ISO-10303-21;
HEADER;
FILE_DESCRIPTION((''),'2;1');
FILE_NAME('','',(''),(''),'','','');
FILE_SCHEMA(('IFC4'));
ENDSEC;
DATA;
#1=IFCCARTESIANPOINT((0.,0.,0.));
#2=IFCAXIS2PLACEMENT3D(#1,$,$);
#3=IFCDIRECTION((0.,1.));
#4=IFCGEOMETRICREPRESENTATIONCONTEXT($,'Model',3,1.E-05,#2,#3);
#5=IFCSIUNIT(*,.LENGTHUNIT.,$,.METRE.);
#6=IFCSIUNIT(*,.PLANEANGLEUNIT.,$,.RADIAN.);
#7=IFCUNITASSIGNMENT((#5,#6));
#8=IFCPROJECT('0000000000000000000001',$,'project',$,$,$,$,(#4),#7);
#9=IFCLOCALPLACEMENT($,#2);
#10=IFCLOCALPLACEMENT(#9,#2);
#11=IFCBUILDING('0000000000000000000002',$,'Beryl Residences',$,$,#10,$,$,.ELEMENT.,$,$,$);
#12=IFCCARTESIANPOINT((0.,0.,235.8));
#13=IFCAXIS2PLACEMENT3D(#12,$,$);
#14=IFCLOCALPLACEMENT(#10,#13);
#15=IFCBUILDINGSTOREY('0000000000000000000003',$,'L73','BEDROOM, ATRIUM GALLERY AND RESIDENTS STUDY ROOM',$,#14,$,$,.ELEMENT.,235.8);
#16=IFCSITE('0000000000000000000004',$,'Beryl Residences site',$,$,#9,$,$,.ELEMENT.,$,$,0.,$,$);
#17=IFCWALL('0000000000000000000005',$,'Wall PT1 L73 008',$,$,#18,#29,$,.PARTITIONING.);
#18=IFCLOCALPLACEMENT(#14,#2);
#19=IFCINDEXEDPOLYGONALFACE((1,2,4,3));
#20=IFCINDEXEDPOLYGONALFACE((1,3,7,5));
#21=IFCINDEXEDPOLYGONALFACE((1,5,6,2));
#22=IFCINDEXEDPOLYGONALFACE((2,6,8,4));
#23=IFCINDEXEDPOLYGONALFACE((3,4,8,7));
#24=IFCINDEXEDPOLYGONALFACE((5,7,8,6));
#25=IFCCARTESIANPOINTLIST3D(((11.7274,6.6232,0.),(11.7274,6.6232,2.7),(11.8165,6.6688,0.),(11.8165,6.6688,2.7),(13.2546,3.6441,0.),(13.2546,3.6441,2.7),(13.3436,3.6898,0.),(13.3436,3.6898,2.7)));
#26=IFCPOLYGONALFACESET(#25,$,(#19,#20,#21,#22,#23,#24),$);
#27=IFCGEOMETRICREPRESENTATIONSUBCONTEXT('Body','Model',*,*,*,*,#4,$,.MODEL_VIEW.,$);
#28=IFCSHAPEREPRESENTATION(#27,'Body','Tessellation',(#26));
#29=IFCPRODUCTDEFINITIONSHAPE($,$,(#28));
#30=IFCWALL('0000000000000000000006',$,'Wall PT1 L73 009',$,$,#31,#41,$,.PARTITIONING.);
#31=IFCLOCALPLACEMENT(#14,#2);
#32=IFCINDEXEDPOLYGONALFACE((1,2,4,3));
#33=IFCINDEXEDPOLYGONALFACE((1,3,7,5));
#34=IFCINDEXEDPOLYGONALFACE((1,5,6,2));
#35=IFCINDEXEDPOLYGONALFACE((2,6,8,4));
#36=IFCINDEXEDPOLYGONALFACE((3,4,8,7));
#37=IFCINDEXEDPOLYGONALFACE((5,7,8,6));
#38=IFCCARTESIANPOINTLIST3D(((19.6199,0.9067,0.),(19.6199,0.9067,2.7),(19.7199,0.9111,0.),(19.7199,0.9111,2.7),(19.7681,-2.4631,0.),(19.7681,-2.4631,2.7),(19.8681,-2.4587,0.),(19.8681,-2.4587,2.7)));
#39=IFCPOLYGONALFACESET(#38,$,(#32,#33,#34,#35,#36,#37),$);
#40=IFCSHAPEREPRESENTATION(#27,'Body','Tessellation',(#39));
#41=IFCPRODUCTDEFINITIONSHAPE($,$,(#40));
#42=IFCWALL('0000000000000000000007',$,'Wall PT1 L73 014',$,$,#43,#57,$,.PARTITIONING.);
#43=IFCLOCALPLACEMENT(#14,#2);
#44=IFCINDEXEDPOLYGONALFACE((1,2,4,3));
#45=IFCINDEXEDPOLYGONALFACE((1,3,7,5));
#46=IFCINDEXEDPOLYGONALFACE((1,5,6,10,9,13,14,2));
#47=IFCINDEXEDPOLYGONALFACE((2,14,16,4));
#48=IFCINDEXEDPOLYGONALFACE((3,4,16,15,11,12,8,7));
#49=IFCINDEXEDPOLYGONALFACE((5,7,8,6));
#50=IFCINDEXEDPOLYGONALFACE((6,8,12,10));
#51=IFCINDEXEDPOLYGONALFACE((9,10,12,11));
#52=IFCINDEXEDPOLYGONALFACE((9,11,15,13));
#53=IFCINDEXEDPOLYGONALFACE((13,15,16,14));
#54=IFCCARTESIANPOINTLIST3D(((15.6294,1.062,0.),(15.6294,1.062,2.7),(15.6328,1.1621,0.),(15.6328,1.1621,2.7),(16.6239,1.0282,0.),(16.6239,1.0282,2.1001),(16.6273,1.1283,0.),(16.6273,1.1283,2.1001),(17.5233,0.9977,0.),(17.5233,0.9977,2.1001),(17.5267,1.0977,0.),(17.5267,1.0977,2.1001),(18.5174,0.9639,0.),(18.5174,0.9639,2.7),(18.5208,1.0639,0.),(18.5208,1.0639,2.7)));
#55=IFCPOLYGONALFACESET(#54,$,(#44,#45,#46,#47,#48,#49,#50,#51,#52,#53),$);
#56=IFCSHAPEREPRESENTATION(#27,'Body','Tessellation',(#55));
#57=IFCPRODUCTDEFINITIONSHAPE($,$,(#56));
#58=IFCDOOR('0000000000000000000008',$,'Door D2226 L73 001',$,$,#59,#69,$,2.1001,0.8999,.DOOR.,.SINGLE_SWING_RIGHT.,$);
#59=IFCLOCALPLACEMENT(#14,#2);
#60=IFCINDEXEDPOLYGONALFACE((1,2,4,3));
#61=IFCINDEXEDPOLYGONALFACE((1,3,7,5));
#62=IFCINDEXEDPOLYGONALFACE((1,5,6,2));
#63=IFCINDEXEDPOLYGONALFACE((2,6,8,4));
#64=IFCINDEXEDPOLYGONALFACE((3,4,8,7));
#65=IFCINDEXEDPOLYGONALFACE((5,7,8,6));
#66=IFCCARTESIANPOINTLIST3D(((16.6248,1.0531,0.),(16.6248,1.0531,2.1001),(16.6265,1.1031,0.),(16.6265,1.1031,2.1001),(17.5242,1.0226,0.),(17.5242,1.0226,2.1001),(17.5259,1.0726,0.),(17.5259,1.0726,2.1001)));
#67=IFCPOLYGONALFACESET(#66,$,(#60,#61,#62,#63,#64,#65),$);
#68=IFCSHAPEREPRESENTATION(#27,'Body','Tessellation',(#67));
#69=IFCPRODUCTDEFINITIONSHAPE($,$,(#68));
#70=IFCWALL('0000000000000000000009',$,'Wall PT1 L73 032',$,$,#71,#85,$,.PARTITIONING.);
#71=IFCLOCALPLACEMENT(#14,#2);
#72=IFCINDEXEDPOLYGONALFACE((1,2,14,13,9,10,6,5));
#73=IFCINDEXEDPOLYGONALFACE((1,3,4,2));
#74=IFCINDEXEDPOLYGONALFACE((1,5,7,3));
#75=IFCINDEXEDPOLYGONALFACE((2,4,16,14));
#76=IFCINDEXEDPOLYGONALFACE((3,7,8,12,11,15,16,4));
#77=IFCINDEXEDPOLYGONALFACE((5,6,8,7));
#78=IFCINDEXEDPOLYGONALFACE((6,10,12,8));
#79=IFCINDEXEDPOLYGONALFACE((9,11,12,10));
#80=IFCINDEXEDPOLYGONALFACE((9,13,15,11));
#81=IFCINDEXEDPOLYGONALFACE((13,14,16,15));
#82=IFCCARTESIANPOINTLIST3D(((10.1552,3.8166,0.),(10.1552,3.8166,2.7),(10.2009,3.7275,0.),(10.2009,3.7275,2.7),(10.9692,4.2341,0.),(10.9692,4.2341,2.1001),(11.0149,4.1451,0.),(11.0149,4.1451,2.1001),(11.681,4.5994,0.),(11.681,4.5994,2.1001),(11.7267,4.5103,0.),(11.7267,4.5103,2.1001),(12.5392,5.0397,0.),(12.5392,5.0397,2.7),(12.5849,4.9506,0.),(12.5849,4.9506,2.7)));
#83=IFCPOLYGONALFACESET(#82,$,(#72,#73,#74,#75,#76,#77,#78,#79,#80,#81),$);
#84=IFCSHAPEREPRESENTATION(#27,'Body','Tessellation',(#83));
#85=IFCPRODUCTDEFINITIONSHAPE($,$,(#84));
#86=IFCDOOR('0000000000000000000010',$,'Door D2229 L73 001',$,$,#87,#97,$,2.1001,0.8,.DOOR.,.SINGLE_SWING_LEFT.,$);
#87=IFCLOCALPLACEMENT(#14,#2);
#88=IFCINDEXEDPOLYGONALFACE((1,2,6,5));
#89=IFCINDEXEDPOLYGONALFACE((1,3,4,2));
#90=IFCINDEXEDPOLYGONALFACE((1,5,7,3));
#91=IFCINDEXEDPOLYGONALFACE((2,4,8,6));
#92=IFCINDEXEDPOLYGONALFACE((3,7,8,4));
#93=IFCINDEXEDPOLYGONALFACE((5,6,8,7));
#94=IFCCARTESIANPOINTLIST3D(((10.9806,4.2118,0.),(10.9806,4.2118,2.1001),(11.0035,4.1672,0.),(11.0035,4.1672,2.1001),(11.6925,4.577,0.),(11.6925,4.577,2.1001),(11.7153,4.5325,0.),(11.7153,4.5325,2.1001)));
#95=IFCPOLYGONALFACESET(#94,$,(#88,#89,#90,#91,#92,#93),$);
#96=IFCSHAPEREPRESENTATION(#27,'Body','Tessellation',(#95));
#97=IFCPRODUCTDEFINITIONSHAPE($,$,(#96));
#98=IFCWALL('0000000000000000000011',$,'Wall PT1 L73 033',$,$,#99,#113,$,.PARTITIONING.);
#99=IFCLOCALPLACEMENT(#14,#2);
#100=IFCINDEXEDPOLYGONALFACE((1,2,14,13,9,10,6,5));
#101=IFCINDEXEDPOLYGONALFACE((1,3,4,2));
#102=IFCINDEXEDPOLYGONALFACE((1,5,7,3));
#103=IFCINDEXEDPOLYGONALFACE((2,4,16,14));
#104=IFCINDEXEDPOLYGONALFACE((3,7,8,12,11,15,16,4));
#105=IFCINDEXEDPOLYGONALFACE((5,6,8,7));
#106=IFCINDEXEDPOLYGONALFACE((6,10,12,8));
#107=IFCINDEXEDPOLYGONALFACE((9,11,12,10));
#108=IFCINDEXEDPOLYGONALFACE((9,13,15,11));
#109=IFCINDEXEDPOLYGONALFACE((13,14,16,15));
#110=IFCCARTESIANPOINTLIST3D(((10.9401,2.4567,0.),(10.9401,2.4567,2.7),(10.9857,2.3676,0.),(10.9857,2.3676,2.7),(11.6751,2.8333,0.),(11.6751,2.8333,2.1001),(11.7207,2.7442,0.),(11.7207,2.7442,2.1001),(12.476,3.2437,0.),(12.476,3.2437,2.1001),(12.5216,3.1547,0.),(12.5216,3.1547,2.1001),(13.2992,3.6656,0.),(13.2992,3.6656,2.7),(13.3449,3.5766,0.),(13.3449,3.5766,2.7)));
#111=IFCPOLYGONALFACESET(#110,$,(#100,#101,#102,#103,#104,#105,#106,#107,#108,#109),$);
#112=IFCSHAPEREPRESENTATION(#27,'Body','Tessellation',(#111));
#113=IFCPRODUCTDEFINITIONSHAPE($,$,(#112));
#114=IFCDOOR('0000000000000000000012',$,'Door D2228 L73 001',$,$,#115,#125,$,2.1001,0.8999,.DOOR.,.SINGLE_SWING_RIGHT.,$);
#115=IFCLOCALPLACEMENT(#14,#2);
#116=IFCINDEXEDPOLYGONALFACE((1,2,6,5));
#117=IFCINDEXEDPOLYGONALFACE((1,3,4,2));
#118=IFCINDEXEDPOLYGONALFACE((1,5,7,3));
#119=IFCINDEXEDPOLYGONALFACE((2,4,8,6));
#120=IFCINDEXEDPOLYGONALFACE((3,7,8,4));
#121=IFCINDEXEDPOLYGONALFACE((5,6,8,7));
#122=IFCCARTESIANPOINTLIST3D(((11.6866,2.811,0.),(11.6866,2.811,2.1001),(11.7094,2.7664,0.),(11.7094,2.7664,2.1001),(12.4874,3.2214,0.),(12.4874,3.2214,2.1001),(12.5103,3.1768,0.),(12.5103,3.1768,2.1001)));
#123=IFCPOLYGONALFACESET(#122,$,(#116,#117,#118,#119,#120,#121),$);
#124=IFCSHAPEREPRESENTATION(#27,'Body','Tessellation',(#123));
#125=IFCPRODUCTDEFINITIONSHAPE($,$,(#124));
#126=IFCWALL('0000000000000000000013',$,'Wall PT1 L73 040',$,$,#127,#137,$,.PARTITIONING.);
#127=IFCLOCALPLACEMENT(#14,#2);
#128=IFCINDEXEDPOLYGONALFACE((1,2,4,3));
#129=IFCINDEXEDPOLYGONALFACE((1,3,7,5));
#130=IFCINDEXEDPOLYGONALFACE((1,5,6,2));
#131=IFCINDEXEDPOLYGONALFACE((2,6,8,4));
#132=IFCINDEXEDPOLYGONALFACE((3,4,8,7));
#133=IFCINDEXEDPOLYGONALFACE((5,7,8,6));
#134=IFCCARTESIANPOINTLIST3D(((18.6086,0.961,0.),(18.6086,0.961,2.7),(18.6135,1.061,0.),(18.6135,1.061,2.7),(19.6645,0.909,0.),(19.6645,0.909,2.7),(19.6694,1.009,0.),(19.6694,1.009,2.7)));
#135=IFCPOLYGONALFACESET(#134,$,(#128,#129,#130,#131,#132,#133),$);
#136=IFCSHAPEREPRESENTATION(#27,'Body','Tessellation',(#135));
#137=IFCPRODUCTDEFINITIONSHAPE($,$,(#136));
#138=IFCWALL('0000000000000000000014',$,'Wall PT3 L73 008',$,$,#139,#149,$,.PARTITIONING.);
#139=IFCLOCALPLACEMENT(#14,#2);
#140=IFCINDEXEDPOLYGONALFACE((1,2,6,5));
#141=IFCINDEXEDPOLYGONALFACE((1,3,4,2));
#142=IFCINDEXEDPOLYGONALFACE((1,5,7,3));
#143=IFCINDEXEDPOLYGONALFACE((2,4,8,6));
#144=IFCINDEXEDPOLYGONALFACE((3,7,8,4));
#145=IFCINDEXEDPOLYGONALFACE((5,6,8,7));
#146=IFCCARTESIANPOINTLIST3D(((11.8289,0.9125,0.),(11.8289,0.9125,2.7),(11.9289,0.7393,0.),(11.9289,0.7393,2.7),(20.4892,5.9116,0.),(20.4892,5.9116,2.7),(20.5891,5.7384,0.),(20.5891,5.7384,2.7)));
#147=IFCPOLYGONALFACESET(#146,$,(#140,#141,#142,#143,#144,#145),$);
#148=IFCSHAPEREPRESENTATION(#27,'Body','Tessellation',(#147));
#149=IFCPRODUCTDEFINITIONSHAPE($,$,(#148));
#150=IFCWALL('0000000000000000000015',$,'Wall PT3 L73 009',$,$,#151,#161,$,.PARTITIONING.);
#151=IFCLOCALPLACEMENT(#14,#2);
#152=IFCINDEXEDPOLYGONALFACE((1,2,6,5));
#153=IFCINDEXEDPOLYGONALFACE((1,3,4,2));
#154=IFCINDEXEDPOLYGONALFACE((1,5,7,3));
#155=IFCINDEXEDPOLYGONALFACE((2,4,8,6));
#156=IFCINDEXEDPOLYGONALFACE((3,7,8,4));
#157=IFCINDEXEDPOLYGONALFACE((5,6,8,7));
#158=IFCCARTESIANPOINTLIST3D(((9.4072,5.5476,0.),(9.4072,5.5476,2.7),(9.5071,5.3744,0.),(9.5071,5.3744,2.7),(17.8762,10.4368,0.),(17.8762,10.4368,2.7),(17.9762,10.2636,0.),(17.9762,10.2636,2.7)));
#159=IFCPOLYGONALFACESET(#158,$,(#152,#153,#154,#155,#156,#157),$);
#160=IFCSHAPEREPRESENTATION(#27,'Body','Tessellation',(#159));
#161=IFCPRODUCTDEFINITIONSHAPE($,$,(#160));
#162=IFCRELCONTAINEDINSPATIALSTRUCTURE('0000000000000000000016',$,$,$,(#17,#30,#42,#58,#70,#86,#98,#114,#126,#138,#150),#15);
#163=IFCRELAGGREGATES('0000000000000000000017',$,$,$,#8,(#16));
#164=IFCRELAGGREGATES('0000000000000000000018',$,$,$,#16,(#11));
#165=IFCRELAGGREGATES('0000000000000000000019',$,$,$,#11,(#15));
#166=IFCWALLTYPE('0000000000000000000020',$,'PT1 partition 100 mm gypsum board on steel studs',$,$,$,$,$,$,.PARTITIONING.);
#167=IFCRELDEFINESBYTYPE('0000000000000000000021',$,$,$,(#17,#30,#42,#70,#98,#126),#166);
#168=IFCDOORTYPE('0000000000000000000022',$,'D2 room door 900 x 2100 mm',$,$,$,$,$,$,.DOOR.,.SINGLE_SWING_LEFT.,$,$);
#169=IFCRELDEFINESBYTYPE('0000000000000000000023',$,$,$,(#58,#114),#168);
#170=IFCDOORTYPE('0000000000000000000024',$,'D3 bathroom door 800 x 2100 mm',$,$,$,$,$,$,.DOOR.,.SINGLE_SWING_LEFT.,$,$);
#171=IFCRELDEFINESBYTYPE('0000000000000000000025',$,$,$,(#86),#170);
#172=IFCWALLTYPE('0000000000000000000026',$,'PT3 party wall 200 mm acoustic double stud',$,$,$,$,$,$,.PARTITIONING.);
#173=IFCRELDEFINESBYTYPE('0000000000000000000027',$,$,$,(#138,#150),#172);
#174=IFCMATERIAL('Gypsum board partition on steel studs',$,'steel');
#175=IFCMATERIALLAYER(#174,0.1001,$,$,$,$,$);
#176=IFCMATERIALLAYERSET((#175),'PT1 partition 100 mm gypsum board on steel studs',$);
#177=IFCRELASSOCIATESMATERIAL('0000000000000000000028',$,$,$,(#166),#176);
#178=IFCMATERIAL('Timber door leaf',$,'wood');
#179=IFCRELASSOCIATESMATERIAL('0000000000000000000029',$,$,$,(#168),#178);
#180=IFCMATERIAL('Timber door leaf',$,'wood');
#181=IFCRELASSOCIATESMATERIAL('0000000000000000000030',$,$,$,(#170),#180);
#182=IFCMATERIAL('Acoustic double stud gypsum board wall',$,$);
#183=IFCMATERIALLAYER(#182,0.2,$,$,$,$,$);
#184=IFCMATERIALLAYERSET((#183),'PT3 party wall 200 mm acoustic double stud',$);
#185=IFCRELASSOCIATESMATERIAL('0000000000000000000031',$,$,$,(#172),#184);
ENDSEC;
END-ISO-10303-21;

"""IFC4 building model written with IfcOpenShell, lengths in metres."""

from ifc_helpers import new_model, si_unit, direction, frame, frame_2d, origin, place, context, subcontext, project, spatial, rectangle, extrude, material, layer, layer_set, type_object, element, fill, save


model = new_model("IFC4")

# Units and contexts
model_context = context("Model", 3, precision=1e-05, world=origin(), true_north=direction((0.0, 1.0)))
body_context = subcontext(model_context, "Body", "Model", "MODEL_VIEW")
ifc_project = project(units=[si_unit("LENGTHUNIT", "METRE"), si_unit("PLANEANGLEUNIT", "RADIAN")], contexts=[model_context])

# Site, building, storey
site_placement = place(None, origin())
site = spatial("IfcSite", under=ifc_project, at=site_placement, Name="Beryl Residences site", CompositionType="ELEMENT", RefElevation=0.0)
building_placement = place(site_placement, origin())
building = spatial("IfcBuilding", under=site, at=building_placement, Name="Beryl Residences", CompositionType="ELEMENT")
storey_placement = place(building_placement, frame((0.0, 0.0, 235.8)))
storey = spatial("IfcBuildingStorey", under=building, at=storey_placement, Name="L73", Description="BEDROOM, ATRIUM GALLERY AND RESIDENTS STUDY ROOM", CompositionType="ELEMENT", Elevation=235.8)

# Walls
ifc_material_1 = material(Name="Gypsum board partition on steel studs", Category="steel")
ifc_layer_1 = layer(ifc_material_1, 0.1001)
ifc_layer_set_1 = layer_set([ifc_layer_1], Name="PT1 partition 100 mm gypsum board on steel studs")
wall_type_1 = type_object("IfcWallType", Name="PT1 partition 100 mm gypsum board on steel studs", PredefinedType="PARTITIONING", material=ifc_layer_set_1)
wall_1_placement = place(storey_placement, frame((11.772, 6.646, 0.0), z_axis=(0.0, 0.0, 1.0), x_axis=(0.456176, -0.88989, 0.0)))
element("IfcWall", 1, at=wall_1_placement, inside=storey, type_object=wall_type_1, Name="Wall PT1 L73 008", PredefinedType="PARTITIONING", context=body_context, shape_type="SweptSolid", body=[
    extrude(rectangle(XDim=3.3477, YDim=0.1001, at=frame_2d((1.6738, 0.0))), origin(), (0.0, 0.0, 1.0), 2.7),
])
wall_2_placement = place(storey_placement, frame((19.6699, 0.9089, 0.0), z_axis=(0.0, 0.0, 1.0), x_axis=(0.043933, -0.999034, 0.0)))
element("IfcWall", 2, at=wall_2_placement, inside=storey, type_object=wall_type_1, Name="Wall PT1 L73 009", PredefinedType="PARTITIONING", context=body_context, shape_type="SweptSolid", body=[
    extrude(rectangle(XDim=3.373, YDim=0.1001, at=frame_2d((1.6865, 0.0))), origin(), (0.0, 0.0, 1.0), 2.7),
])

# Walls, openings, doors
wall_3_placement = place(storey_placement, frame((15.6311, 1.1121, 0.0), z_axis=(0.0, 0.0, 1.0), x_axis=(0.999423, -0.033965, 0.0)))
wall_3 = element("IfcWall", 3, at=wall_3_placement, inside=storey, type_object=wall_type_1, Name="Wall PT1 L73 014", PredefinedType="PARTITIONING", context=body_context, shape_type="SweptSolid", body=[
    extrude(rectangle(XDim=2.8896, YDim=0.1001, at=frame_2d((1.4448, 0.0))), origin(), (0.0, 0.0, 1.0), 2.7),
])
opening_1_placement = place(wall_3_placement, frame((0.9951, 0.0, 0.0)))
opening_1 = element("IfcOpeningElement", 4, at=opening_1_placement, cuts=wall_3, PredefinedType="OPENING", context=body_context, shape_type="SweptSolid", body=[
    extrude(rectangle(XDim=0.8999, YDim=2.1001, at=frame_2d((0.45, 1.05))), frame((0.0, 0.0601, 0.0), z_axis=(0.0, -1.0, 0.0), x_axis=(1.0, 0.0, 0.0)), (0.0, 0.0, 1.0), 0.1201),
])
ifc_material_2 = material(Name="Timber door leaf", Category="wood")
door_type_1 = type_object("IfcDoorType", Name="D2 room door 900 x 2100 mm", OperationType="SINGLE_SWING_LEFT", PredefinedType="DOOR", material=ifc_material_2)
door_1_placement = place(opening_1_placement, origin())
door_1 = element("IfcDoor", 5, at=door_1_placement, inside=storey, type_object=door_type_1, Name="Door D2226 L73 001", OperationType="SINGLE_SWING_RIGHT", OverallHeight=2.1001, OverallWidth=0.8999, PredefinedType="DOOR", context=body_context, shape_type="SweptSolid", body=[
    extrude(rectangle(XDim=0.8999, YDim=2.1001, at=frame_2d((0.45, 1.05))), frame((0.0, 0.0249, 0.0), z_axis=(0.0, -1.0, 0.0), x_axis=(1.0, 0.0, 0.0)), (0.0, 0.0, 1.0), 0.05),
])
fill(opening_1, door_1)
wall_4_placement = place(storey_placement, frame((10.178, 3.772, 0.0), z_axis=(0.0, 0.0, 1.0), x_axis=(0.889732, 0.456483, 0.0)))
wall_4 = element("IfcWall", 6, at=wall_4_placement, inside=storey, type_object=wall_type_1, Name="Wall PT1 L73 032", PredefinedType="PARTITIONING", context=body_context, shape_type="SweptSolid", body=[
    extrude(rectangle(XDim=2.6794, YDim=0.1001, at=frame_2d((1.3398, 0.0))), origin(), (0.0, 0.0, 1.0), 2.7),
])
opening_2_placement = place(wall_4_placement, frame((0.915, 0.0, 0.0)))
opening_2 = element("IfcOpeningElement", 7, at=opening_2_placement, cuts=wall_4, PredefinedType="OPENING", context=body_context, shape_type="SweptSolid", body=[
    extrude(rectangle(XDim=0.8, YDim=2.1001, at=frame_2d((0.3999, 1.05))), frame((0.0, 0.0601, 0.0), z_axis=(0.0, -1.0, 0.0), x_axis=(1.0, 0.0, 0.0)), (0.0, 0.0, 1.0), 0.1201),
])
ifc_material_3 = material(Name="Timber door leaf", Category="wood")
door_type_2 = type_object("IfcDoorType", Name="D3 bathroom door 800 x 2100 mm", OperationType="SINGLE_SWING_LEFT", PredefinedType="DOOR", material=ifc_material_3)
door_2_placement = place(opening_2_placement, origin())
door_2 = element("IfcDoor", 8, at=door_2_placement, inside=storey, type_object=door_type_2, Name="Door D2229 L73 001", OperationType="SINGLE_SWING_LEFT", OverallHeight=2.1001, OverallWidth=0.8, PredefinedType="DOOR", context=body_context, shape_type="SweptSolid", body=[
    extrude(rectangle(XDim=0.8, YDim=2.1001, at=frame_2d((0.3999, 1.05))), frame((0.0, 0.0249, 0.0), z_axis=(0.0, -1.0, 0.0), x_axis=(1.0, 0.0, 0.0)), (0.0, 0.0, 1.0), 0.05),
])
fill(opening_2, door_2)
wall_5_placement = place(storey_placement, frame((10.9629, 2.4121, 0.0), z_axis=(0.0, 0.0, 1.0), x_axis=(0.889944, 0.45607, 0.0)))
wall_5 = element("IfcWall", 9, at=wall_5_placement, inside=storey, type_object=wall_type_1, Name="Wall PT1 L73 033", PredefinedType="PARTITIONING", context=body_context, shape_type="SweptSolid", body=[
    extrude(rectangle(XDim=2.6509, YDim=0.1001, at=frame_2d((1.3254, 0.0))), origin(), (0.0, 0.0, 1.0), 2.7),
])
opening_3_placement = place(wall_5_placement, frame((0.8259, 0.0, 0.0)))
opening_3 = element("IfcOpeningElement", 10, at=opening_3_placement, cuts=wall_5, PredefinedType="OPENING", context=body_context, shape_type="SweptSolid", body=[
    extrude(rectangle(XDim=0.8999, YDim=2.1001, at=frame_2d((0.45, 1.05))), frame((0.0, 0.0601, 0.0), z_axis=(0.0, -1.0, 0.0), x_axis=(1.0, 0.0, 0.0)), (0.0, 0.0, 1.0), 0.1201),
])
door_3_placement = place(opening_3_placement, origin())
door_3 = element("IfcDoor", 11, at=door_3_placement, inside=storey, type_object=door_type_1, Name="Door D2228 L73 001", OperationType="SINGLE_SWING_RIGHT", OverallHeight=2.1001, OverallWidth=0.8999, PredefinedType="DOOR", context=body_context, shape_type="SweptSolid", body=[
    extrude(rectangle(XDim=0.8999, YDim=2.1001, at=frame_2d((0.45, 1.05))), frame((0.0, 0.0249, 0.0), z_axis=(0.0, -1.0, 0.0), x_axis=(1.0, 0.0, 0.0)), (0.0, 0.0, 1.0), 0.05),
])
fill(opening_3, door_3)

# Walls
wall_6_placement = place(storey_placement, frame((18.6111, 1.011, 0.0), z_axis=(0.0, 0.0, 1.0), x_axis=(0.998789, -0.049189, 0.0)))
element("IfcWall", 12, at=wall_6_placement, inside=storey, type_object=wall_type_1, Name="Wall PT1 L73 040", PredefinedType="PARTITIONING", context=body_context, shape_type="SweptSolid", body=[
    extrude(rectangle(XDim=1.0571, YDim=0.1001, at=frame_2d((0.5286, 0.0))), origin(), (0.0, 0.0, 1.0), 2.7),
])
ifc_material_4 = material(Name="Acoustic double stud gypsum board wall")
ifc_layer_2 = layer(ifc_material_4, 0.2)
ifc_layer_set_2 = layer_set([ifc_layer_2], Name="PT3 party wall 200 mm acoustic double stud")
wall_type_2 = type_object("IfcWallType", Name="PT3 party wall 200 mm acoustic double stud", PredefinedType="PARTITIONING", material=ifc_layer_set_2)
wall_7_placement = place(storey_placement, frame((11.8789, 0.8259, 0.0), z_axis=(0.0, 0.0, 1.0), x_axis=(0.866065, 0.499931, 0.0)))
element("IfcWall", 13, at=wall_7_placement, inside=storey, type_object=wall_type_2, Name="Wall PT3 L73 008", PredefinedType="PARTITIONING", context=body_context, shape_type="SweptSolid", body=[
    extrude(rectangle(XDim=9.9995, YDim=0.2, at=frame_2d((4.9998, 0.0))), origin(), (0.0, 0.0, 1.0), 2.7),
])
wall_8_placement = place(storey_placement, frame((9.457, 5.4609, 0.0), z_axis=(0.0, 0.0, 1.0), x_axis=(0.866044, 0.499968, 0.0)))
element("IfcWall", 14, at=wall_8_placement, inside=storey, type_object=wall_type_2, Name="Wall PT3 L73 009", PredefinedType="PARTITIONING", context=body_context, shape_type="SweptSolid", body=[
    extrude(rectangle(XDim=9.7791, YDim=0.2, at=frame_2d((4.8896, 0.0))), origin(), (0.0, 0.0, 1.0), 2.7),
])

save(model, "model.ifc")
